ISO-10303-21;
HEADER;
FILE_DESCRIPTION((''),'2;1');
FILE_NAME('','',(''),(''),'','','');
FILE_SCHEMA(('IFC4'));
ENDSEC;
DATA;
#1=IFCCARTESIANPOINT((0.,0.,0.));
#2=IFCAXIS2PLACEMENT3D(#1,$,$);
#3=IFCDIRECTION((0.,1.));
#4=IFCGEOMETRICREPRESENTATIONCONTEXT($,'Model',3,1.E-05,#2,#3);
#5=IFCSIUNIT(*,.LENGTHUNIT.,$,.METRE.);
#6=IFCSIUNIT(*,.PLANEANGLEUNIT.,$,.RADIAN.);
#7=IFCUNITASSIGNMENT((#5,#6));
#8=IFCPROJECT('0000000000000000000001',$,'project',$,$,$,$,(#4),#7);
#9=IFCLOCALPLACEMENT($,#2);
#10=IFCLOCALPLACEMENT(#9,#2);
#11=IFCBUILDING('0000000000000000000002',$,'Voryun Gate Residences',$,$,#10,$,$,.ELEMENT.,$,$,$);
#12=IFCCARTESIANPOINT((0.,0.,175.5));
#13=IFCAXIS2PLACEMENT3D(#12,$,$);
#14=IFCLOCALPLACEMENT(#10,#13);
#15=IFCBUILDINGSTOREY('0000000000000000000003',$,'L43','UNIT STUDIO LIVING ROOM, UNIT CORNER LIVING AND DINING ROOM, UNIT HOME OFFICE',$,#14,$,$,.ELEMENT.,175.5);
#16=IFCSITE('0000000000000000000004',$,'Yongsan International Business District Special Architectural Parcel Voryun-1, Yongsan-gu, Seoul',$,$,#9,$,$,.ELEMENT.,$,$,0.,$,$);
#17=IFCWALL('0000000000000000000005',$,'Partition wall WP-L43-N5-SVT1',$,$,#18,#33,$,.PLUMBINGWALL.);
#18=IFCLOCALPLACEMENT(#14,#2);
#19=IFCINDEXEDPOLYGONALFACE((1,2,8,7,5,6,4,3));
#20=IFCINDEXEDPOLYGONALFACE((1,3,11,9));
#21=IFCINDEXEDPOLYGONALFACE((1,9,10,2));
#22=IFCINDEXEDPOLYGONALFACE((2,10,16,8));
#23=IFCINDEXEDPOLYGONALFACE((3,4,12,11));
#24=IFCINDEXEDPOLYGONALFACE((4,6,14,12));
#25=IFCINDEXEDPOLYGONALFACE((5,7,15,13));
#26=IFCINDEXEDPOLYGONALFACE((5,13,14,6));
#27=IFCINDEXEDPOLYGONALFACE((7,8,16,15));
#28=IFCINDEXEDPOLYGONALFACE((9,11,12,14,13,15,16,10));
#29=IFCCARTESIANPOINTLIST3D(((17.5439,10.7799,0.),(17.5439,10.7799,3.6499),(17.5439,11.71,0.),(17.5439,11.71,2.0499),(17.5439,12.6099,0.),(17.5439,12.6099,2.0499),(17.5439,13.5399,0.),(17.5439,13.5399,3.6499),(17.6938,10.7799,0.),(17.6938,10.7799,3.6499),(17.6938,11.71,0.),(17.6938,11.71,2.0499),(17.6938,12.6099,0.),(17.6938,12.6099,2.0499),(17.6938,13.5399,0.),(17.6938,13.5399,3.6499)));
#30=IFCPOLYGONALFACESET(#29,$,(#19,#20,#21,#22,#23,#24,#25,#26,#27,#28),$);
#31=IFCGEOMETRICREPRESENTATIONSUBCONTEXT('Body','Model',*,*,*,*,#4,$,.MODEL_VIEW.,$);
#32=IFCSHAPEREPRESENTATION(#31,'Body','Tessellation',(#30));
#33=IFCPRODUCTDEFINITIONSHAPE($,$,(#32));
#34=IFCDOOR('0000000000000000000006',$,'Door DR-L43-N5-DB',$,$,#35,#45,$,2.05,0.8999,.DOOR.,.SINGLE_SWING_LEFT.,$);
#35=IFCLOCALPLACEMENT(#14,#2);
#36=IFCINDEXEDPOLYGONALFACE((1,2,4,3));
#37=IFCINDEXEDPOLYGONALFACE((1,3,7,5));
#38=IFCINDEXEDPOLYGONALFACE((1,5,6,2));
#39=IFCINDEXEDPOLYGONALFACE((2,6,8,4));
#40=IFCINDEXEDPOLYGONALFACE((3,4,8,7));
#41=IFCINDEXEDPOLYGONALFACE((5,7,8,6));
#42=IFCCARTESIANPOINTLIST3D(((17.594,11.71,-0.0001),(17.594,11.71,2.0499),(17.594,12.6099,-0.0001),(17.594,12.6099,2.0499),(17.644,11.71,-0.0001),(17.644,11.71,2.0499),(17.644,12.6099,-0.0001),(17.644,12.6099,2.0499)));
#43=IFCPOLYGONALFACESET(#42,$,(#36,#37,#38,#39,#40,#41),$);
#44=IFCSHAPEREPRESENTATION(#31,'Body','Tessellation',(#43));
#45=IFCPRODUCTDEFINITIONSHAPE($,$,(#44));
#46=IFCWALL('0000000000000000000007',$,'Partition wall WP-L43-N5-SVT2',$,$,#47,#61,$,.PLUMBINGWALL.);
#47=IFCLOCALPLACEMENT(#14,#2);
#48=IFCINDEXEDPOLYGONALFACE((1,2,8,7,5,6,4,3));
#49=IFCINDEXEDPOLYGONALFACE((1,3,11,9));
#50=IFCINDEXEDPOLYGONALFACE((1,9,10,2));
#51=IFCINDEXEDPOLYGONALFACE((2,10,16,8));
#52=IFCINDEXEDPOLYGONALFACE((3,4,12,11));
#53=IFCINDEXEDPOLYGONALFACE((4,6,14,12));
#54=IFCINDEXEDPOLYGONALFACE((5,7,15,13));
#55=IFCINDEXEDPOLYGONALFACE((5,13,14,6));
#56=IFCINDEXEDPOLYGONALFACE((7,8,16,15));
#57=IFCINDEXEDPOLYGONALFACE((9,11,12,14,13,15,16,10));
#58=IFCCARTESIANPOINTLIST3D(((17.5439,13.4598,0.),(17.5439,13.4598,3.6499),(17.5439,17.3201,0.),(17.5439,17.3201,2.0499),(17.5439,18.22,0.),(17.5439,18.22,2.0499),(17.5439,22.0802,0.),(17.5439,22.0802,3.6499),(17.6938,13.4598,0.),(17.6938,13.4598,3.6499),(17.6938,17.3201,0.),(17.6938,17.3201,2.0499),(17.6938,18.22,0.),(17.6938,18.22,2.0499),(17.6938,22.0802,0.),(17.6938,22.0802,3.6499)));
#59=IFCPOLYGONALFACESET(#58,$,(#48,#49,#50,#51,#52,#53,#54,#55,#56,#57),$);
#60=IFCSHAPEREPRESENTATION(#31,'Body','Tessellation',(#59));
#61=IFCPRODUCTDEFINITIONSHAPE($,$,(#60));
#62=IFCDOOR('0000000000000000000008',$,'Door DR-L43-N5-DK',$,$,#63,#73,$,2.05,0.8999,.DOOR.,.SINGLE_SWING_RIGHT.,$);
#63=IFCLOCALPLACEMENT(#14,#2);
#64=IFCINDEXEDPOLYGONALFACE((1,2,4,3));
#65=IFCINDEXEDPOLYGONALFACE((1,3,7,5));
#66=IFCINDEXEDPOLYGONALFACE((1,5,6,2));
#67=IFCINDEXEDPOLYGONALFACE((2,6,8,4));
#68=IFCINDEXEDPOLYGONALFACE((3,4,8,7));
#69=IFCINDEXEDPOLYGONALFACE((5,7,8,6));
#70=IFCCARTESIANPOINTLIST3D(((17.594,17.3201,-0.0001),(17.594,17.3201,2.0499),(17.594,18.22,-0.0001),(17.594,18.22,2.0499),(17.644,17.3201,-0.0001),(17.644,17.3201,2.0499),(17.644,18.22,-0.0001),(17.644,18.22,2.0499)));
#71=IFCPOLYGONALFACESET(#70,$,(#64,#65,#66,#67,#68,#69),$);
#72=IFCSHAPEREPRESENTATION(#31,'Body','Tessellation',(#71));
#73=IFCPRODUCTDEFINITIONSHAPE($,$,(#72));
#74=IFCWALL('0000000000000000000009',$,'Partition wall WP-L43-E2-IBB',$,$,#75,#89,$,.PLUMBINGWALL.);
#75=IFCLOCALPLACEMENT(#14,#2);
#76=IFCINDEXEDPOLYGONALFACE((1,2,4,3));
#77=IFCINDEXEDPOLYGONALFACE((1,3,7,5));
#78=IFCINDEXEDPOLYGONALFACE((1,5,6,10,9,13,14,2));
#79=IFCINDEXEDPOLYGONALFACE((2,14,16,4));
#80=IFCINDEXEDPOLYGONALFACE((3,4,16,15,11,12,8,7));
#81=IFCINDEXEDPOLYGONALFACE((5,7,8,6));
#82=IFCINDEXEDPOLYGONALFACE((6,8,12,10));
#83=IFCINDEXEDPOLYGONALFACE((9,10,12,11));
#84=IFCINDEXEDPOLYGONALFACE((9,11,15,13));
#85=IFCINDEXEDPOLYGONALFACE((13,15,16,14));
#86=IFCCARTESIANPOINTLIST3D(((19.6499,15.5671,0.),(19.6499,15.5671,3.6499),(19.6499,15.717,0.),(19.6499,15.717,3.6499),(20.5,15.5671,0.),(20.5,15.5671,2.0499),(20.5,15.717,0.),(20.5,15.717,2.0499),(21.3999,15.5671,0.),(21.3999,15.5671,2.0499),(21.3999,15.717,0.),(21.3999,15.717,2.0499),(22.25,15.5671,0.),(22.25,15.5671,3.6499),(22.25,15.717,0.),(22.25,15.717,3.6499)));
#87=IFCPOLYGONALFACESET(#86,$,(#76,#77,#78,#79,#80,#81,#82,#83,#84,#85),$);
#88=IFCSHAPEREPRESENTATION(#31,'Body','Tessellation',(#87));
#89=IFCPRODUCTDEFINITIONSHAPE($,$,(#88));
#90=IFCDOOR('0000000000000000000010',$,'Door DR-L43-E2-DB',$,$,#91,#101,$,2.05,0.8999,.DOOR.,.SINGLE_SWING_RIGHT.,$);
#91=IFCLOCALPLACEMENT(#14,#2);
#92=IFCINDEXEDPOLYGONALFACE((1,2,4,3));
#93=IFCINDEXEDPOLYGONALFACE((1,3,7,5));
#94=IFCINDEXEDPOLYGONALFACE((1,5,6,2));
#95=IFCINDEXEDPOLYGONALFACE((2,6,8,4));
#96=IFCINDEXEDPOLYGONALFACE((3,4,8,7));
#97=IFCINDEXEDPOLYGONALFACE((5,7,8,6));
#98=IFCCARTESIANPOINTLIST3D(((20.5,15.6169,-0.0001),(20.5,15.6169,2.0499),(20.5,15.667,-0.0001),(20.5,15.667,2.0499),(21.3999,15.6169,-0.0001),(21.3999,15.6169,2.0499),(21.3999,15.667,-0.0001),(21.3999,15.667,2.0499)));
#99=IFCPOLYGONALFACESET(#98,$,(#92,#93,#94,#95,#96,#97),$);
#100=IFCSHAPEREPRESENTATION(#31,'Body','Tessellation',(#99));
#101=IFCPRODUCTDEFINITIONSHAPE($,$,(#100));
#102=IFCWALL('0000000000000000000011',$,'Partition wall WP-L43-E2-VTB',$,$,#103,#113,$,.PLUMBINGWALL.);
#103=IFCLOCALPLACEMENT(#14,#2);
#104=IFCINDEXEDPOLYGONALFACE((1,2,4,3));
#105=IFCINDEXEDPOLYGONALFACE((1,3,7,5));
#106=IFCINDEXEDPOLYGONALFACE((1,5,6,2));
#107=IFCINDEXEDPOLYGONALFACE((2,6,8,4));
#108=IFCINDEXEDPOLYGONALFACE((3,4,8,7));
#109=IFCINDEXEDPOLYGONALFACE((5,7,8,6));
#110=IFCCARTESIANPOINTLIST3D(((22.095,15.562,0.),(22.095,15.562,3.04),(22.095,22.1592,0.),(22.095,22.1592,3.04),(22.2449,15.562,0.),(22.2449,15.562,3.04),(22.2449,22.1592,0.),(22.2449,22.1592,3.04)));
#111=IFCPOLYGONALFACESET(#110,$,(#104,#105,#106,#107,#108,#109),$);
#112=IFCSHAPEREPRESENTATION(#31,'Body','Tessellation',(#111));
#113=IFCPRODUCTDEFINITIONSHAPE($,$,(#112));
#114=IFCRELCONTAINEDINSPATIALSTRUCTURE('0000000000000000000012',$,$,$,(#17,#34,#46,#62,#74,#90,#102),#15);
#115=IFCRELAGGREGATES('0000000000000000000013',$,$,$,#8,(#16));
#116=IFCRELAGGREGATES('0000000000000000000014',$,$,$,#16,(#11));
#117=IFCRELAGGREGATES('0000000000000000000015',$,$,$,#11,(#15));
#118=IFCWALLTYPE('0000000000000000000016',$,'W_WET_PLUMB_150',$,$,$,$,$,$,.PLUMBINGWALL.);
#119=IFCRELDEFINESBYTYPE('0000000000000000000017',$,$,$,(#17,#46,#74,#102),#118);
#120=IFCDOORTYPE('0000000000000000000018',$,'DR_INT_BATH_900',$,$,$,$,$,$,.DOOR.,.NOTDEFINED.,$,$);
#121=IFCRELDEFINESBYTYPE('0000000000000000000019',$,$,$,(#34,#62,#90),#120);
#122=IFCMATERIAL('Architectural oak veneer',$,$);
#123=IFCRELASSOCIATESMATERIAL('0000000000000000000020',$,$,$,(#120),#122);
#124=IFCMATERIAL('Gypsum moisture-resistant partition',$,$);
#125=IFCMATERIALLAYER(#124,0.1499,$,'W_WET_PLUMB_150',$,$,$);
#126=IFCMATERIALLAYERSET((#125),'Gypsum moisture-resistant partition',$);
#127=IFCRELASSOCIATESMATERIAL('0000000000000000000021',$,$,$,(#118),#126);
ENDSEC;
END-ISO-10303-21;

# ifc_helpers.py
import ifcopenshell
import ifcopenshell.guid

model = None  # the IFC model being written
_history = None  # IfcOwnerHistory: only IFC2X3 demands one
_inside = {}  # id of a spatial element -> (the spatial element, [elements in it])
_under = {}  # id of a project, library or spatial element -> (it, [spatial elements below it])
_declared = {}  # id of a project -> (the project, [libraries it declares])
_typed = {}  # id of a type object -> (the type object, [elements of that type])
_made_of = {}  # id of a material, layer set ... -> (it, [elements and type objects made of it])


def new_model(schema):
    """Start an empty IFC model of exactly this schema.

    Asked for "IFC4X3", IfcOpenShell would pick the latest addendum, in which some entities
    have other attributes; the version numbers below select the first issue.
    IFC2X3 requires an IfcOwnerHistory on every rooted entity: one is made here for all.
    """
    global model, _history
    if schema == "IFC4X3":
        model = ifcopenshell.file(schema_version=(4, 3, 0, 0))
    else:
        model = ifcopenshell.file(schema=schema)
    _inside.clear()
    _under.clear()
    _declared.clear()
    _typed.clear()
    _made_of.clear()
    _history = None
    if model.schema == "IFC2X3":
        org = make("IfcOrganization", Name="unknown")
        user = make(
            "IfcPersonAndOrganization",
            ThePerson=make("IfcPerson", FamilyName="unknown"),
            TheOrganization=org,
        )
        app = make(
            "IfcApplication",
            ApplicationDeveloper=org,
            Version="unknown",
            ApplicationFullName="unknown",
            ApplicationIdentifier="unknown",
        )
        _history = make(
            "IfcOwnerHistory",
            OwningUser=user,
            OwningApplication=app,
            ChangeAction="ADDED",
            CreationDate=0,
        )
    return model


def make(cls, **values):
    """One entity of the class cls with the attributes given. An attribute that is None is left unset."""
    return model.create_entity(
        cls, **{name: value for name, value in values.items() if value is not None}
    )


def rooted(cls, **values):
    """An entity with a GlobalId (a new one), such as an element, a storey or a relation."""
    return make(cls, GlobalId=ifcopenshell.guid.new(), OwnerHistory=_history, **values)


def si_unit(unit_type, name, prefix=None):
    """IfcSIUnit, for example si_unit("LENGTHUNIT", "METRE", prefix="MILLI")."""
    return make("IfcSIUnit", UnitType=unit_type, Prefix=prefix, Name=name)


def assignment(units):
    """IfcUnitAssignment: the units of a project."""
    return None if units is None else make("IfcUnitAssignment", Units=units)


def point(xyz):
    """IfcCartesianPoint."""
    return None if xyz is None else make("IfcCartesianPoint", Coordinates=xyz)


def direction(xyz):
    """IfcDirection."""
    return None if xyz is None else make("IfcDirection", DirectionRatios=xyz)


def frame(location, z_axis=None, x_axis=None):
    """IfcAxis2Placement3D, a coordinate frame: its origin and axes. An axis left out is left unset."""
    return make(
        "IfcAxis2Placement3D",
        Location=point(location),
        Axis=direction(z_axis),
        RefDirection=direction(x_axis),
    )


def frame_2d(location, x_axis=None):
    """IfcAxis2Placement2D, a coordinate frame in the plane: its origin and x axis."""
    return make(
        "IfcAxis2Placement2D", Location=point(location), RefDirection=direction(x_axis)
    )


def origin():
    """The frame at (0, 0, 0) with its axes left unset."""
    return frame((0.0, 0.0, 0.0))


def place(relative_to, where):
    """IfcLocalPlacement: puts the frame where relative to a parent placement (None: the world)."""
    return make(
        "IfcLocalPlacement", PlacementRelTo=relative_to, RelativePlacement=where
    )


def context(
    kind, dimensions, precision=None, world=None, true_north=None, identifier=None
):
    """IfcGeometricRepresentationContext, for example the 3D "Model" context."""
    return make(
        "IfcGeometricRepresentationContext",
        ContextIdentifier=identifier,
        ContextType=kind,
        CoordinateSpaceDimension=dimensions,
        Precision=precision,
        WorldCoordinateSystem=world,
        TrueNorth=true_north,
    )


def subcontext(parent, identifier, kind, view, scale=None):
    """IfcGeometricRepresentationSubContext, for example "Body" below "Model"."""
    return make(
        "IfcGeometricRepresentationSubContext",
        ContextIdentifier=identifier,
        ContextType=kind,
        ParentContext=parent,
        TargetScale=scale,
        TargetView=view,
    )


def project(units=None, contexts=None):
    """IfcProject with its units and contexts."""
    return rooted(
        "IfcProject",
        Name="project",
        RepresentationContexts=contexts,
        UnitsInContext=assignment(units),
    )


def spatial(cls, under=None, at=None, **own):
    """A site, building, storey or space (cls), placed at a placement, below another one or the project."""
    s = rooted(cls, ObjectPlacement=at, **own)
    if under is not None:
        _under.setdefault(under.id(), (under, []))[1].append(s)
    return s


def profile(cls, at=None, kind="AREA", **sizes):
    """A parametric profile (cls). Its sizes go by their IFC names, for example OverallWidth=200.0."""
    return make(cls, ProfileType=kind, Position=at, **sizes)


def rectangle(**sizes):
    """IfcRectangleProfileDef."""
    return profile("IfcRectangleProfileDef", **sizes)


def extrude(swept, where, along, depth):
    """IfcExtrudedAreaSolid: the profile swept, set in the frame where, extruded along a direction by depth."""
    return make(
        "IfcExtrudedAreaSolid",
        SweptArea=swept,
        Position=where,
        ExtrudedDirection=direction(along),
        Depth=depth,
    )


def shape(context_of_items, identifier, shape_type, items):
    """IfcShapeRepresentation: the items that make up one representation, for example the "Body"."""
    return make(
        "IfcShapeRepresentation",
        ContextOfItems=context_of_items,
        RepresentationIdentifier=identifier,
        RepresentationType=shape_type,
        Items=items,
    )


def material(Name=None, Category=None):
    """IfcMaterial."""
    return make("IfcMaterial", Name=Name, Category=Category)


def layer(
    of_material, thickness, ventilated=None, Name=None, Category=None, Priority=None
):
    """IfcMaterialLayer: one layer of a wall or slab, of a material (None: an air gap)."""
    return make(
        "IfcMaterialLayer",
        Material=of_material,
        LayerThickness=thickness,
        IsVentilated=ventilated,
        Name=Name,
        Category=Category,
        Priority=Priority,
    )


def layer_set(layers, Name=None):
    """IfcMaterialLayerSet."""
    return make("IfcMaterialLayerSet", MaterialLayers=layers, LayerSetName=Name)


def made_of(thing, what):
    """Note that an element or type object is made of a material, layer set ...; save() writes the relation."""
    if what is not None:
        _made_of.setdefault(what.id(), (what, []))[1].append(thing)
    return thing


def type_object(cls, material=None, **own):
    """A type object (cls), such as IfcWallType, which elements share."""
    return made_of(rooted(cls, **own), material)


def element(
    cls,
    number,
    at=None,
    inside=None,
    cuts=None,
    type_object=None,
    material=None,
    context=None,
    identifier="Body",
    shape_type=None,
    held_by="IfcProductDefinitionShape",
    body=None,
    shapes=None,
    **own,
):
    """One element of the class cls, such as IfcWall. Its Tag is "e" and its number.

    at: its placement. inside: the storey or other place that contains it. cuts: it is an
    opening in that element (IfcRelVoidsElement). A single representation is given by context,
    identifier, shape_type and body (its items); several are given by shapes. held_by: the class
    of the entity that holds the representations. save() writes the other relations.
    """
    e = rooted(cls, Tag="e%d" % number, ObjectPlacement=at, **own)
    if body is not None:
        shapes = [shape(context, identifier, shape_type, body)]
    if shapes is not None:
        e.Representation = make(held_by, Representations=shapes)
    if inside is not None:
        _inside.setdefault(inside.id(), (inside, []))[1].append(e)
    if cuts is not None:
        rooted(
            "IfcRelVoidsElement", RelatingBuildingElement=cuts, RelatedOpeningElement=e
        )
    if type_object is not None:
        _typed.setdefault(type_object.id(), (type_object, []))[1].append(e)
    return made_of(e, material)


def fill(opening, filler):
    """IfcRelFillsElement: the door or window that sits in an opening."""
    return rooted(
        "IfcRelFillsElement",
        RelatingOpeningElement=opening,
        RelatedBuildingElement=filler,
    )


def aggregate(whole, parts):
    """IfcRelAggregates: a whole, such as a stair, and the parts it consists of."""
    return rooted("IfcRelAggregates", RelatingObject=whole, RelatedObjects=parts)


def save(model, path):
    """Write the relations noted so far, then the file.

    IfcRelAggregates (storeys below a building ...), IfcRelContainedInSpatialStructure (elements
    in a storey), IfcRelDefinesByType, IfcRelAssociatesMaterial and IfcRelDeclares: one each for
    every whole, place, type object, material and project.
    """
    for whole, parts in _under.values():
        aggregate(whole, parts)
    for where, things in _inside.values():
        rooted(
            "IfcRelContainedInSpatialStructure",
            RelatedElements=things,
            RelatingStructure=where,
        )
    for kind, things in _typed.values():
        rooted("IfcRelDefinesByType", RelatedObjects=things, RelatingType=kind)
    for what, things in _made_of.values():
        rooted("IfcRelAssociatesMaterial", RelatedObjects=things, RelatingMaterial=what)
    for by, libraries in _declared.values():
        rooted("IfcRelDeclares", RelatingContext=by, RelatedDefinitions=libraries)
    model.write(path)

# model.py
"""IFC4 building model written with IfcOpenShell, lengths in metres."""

from ifc_helpers import new_model, si_unit, direction, frame, frame_2d, origin, place, context, subcontext, project, spatial, rectangle, extrude, material, layer, layer_set, type_object, element, fill, save


model = new_model("IFC4")

# Units and contexts
model_context = context("Model", 3, precision=1e-05, world=origin(), true_north=direction((0.0, 1.0)))
body_context = subcontext(model_context, "Body", "Model", "MODEL_VIEW")
ifc_project = project(units=[si_unit("LENGTHUNIT", "METRE"), si_unit("PLANEANGLEUNIT", "RADIAN")], contexts=[model_context])

# Site, building, storey
site_placement = place(None, origin())
site = spatial("IfcSite", under=ifc_project, at=site_placement, Name="Yongsan International Business District Special Architectural Parcel Voryun-1, Yongsan-gu, Seoul", CompositionType="ELEMENT", RefElevation=0.0)
building_placement = place(site_placement, origin())
building = spatial("IfcBuilding", under=site, at=building_placement, Name="Voryun Gate Residences", CompositionType="ELEMENT")
storey_placement = place(building_placement, frame((0.0, 0.0, 175.5)))
storey = spatial("IfcBuildingStorey", under=building, at=storey_placement, Name="L43", Description="UNIT STUDIO LIVING ROOM, UNIT CORNER LIVING AND DINING ROOM, UNIT HOME OFFICE", CompositionType="ELEMENT", Elevation=175.5)

# Shared definitions
ifc_material_1 = material(Name="Architectural oak veneer")
door_type = type_object("IfcDoorType", Name="DR_INT_BATH_900", OperationType="NOTDEFINED", PredefinedType="DOOR", material=ifc_material_1)

# Shared definitions
ifc_material_2 = material(Name="Gypsum moisture-resistant partition")
ifc_layer_1 = layer(ifc_material_2, 0.1499, Name="W_WET_PLUMB_150")
ifc_layer_set_1 = layer_set([ifc_layer_1], Name="Gypsum moisture-resistant partition")
wall_type_1 = type_object("IfcWallType", Name="W_WET_PLUMB_150", PredefinedType="PLUMBINGWALL", material=ifc_layer_set_1)

# Walls, openings, doors
wall_1_placement = place(storey_placement, frame((17.6189, 10.78, 0.0), z_axis=(0.0, 0.0, 1.0), x_axis=(0.0, 1.0, 0.0)))
wall_1 = element("IfcWall", 1, at=wall_1_placement, inside=storey, type_object=wall_type_1, Name="Partition wall WP-L43-N5-SVT1", PredefinedType="PLUMBINGWALL", context=body_context, shape_type="SweptSolid", body=[
    extrude(rectangle(XDim=2.76, YDim=0.1499, at=frame_2d((1.3799, 0.0))), origin(), (0.0, 0.0, 1.0), 3.6499),
])
opening_1_placement = place(wall_1_placement, frame((0.9299, 0.0, 0.0)))
opening_1 = element("IfcOpeningElement", 2, at=opening_1_placement, cuts=wall_1, PredefinedType="OPENING", context=body_context, shape_type="SweptSolid", body=[
    extrude(rectangle(XDim=0.8999, YDim=2.05, at=frame_2d((0.45, 1.0249))), frame((0.0, 0.085, 0.0), z_axis=(0.0, -1.0, 0.0), x_axis=(1.0, 0.0, 0.0)), (0.0, 0.0, 1.0), 0.1699),
])
door_1_placement = place(opening_1_placement, origin())
door_1 = element("IfcDoor", 3, at=door_1_placement, inside=storey, type_object=door_type, Name="Door DR-L43-N5-DB", OperationType="SINGLE_SWING_LEFT", OverallHeight=2.05, OverallWidth=0.8999, PredefinedType="DOOR", context=body_context, shape_type="SweptSolid", body=[
    extrude(rectangle(XDim=0.8999, YDim=2.05, at=frame_2d((0.45, 1.0249))), frame((0.0, 0.0249, 0.0), z_axis=(0.0, -1.0, 0.0), x_axis=(1.0, 0.0, 0.0)), (0.0, 0.0, 1.0), 0.05),
])
fill(opening_1, door_1)
wall_2_placement = place(storey_placement, frame((17.6189, 13.46, 0.0), z_axis=(0.0, 0.0, 1.0), x_axis=(0.0, 1.0, 0.0)))
wall_2 = element("IfcWall", 4, at=wall_2_placement, inside=storey, type_object=wall_type_1, Name="Partition wall WP-L43-N5-SVT2", PredefinedType="PLUMBINGWALL", context=body_context, shape_type="SweptSolid", body=[
    extrude(rectangle(XDim=8.6204, YDim=0.1499, at=frame_2d((4.3101, 0.0))), origin(), (0.0, 0.0, 1.0), 3.6499),
])
opening_2_placement = place(wall_2_placement, frame((3.8601, 0.0, 0.0)))
opening_2 = element("IfcOpeningElement", 5, at=opening_2_placement, cuts=wall_2, PredefinedType="OPENING", context=body_context, shape_type="SweptSolid", body=[
    extrude(rectangle(XDim=0.8999, YDim=2.05, at=frame_2d((0.45, 1.0249))), frame((0.0, 0.085, 0.0), z_axis=(0.0, -1.0, 0.0), x_axis=(1.0, 0.0, 0.0)), (0.0, 0.0, 1.0), 0.1699),
])
door_2_placement = place(opening_2_placement, origin())
door_2 = element("IfcDoor", 6, at=door_2_placement, inside=storey, type_object=door_type, Name="Door DR-L43-N5-DK", OperationType="SINGLE_SWING_RIGHT", OverallHeight=2.05, OverallWidth=0.8999, PredefinedType="DOOR", context=body_context, shape_type="SweptSolid", body=[
    extrude(rectangle(XDim=0.8999, YDim=2.05, at=frame_2d((0.45, 1.0249))), frame((0.0, 0.0249, 0.0), z_axis=(0.0, -1.0, 0.0), x_axis=(1.0, 0.0, 0.0)), (0.0, 0.0, 1.0), 0.05),
])
fill(opening_2, door_2)
wall_3_placement = place(storey_placement, frame((19.6499, 15.6421, 0.0), z_axis=(0.0, 0.0, 1.0), x_axis=(1.0, 0.0, 0.0)))
wall_3 = element("IfcWall", 7, at=wall_3_placement, inside=storey, type_object=wall_type_1, Name="Partition wall WP-L43-E2-IBB", PredefinedType="PLUMBINGWALL", context=body_context, shape_type="SweptSolid", body=[
    extrude(rectangle(XDim=2.6001, YDim=0.1499, at=frame_2d((1.3, 0.0))), origin(), (0.0, 0.0, 1.0), 3.6499),
])
opening_3_placement = place(wall_3_placement, frame((0.8501, 0.0, 0.0)))
opening_3 = element("IfcOpeningElement", 8, at=opening_3_placement, cuts=wall_3, PredefinedType="OPENING", context=body_context, shape_type="SweptSolid", body=[
    extrude(rectangle(XDim=0.8999, YDim=2.05, at=frame_2d((0.45, 1.0249))), frame((0.0, 0.085, 0.0), z_axis=(0.0, -1.0, 0.0), x_axis=(1.0, 0.0, 0.0)), (0.0, 0.0, 1.0), 0.1699),
])
door_3_placement = place(opening_3_placement, origin())
door_3 = element("IfcDoor", 9, at=door_3_placement, inside=storey, type_object=door_type, Name="Door DR-L43-E2-DB", OperationType="SINGLE_SWING_RIGHT", OverallHeight=2.05, OverallWidth=0.8999, PredefinedType="DOOR", context=body_context, shape_type="SweptSolid", body=[
    extrude(rectangle(XDim=0.8999, YDim=2.05, at=frame_2d((0.45, 1.0249))), frame((0.0, 0.0249, 0.0), z_axis=(0.0, -1.0, 0.0), x_axis=(1.0, 0.0, 0.0)), (0.0, 0.0, 1.0), 0.05),
])
fill(opening_3, door_3)

# Wall
wall_4_placement = place(storey_placement, frame((22.1699, 15.562, 0.0), z_axis=(0.0, 0.0, 1.0), x_axis=(0.0, 1.0, 0.0)))
element("IfcWall", 10, at=wall_4_placement, inside=storey, type_object=wall_type_1, Name="Partition wall WP-L43-E2-VTB", PredefinedType="PLUMBINGWALL", context=body_context, shape_type="SweptSolid", body=[
    extrude(rectangle(XDim=6.5972, YDim=0.1499, at=frame_2d((3.2986, 0.0))), origin(), (0.0, 0.0, 1.0), 3.04),
])

save(model, "model.ifc")
